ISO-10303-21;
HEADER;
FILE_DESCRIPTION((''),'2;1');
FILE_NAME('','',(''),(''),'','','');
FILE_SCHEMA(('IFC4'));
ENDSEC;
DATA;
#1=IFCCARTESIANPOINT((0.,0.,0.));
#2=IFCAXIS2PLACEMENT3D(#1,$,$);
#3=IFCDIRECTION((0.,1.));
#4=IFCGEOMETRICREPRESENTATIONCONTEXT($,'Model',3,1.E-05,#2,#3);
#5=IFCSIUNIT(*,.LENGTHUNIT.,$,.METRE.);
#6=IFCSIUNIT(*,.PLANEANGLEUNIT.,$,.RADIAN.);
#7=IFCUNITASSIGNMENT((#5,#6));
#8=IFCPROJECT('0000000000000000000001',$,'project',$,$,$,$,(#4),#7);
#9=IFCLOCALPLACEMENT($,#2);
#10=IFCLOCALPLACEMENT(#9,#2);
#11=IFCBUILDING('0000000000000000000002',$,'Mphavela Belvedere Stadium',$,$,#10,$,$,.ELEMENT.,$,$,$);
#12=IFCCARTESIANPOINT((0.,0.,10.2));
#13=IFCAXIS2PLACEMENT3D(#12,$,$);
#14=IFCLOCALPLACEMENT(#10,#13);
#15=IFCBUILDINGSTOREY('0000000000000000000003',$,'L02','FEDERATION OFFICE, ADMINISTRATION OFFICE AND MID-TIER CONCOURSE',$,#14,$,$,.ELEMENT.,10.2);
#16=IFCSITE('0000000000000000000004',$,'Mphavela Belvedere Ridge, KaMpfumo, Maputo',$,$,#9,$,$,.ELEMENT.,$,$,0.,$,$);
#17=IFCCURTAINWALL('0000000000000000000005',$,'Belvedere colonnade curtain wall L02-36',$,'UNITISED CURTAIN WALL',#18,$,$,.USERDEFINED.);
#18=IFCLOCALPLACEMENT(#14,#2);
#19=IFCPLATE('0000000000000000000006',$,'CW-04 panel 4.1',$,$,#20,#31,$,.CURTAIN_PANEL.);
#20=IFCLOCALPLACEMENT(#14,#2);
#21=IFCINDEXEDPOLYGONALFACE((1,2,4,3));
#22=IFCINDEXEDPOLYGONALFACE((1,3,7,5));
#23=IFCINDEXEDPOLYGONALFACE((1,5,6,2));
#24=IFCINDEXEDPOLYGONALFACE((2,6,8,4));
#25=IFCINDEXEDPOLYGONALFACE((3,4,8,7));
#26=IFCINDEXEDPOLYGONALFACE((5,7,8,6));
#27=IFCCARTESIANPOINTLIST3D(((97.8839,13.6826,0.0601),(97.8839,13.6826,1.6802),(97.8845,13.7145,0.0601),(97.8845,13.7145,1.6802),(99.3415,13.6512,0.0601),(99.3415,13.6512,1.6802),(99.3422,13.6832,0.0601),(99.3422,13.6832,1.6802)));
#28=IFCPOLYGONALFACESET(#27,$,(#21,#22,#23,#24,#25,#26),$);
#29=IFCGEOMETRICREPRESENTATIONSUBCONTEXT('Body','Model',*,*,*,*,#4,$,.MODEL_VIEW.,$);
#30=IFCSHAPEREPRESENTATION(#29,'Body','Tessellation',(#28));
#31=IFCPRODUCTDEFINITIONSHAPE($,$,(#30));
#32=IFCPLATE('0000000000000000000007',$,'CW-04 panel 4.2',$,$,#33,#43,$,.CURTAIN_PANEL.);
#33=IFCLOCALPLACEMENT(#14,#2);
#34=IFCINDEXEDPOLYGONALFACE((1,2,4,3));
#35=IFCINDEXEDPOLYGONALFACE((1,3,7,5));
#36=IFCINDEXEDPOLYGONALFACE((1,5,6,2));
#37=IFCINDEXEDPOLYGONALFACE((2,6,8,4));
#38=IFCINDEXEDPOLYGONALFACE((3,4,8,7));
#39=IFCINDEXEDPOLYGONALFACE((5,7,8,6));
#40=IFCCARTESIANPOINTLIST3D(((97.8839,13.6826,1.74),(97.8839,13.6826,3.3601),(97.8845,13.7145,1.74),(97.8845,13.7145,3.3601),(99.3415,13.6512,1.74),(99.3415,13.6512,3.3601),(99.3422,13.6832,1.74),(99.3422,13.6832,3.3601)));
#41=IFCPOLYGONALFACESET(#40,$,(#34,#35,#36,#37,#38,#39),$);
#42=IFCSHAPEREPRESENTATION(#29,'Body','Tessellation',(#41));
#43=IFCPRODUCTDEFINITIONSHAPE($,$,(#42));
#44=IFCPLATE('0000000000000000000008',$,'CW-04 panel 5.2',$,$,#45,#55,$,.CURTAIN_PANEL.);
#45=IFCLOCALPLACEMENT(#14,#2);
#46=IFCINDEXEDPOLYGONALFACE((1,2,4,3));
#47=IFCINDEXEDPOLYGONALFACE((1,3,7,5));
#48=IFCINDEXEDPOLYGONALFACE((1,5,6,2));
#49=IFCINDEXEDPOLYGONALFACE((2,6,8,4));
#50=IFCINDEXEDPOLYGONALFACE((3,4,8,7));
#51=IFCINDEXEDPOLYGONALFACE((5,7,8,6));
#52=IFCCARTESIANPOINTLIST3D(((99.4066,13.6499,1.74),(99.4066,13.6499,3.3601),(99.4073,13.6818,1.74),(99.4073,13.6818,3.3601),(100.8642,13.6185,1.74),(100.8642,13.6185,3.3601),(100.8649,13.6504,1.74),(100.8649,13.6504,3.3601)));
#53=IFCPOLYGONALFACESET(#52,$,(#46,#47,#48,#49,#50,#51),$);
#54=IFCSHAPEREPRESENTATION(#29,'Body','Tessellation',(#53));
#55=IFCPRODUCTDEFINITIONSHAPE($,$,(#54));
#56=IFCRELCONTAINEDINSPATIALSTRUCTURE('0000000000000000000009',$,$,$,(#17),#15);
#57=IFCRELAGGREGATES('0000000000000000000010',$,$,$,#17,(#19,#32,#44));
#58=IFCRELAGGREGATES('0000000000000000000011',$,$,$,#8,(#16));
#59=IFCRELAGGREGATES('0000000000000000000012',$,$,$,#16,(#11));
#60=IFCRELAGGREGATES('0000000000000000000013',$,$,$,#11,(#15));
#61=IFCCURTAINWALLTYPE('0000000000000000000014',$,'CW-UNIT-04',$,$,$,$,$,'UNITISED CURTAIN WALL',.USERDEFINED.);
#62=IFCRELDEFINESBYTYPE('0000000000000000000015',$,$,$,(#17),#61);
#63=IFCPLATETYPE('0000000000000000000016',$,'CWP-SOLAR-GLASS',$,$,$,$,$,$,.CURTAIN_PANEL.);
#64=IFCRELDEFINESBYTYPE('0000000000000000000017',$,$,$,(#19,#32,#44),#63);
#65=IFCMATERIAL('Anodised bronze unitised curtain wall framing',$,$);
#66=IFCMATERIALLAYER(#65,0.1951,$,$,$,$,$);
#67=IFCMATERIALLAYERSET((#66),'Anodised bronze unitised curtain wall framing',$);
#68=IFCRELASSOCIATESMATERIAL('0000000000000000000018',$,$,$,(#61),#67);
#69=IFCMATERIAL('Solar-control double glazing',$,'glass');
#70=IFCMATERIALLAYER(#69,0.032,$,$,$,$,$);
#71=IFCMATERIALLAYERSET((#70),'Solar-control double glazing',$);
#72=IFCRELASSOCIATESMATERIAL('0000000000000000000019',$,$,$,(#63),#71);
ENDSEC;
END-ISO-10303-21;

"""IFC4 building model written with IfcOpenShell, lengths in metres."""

from ifc_helpers import new_model, si_unit, direction, frame, origin, origin_2d, place, context, subcontext, project, spatial, rectangle, extrude, material, layer, layer_set, type_object, element, aggregate, save


model = new_model("IFC4")

# Units and contexts
model_context = context("Model", 3, precision=1e-05, world=origin(), true_north=direction((0.0, 1.0)))
body_context = subcontext(model_context, "Body", "Model", "MODEL_VIEW")
ifc_project = project(units=[si_unit("LENGTHUNIT", "METRE"), si_unit("PLANEANGLEUNIT", "RADIAN")], contexts=[model_context])

# Site, building, storey
site_placement = place(None, origin())
site = spatial("IfcSite", under=ifc_project, at=site_placement, Name="Mphavela Belvedere Ridge, KaMpfumo, Maputo", CompositionType="ELEMENT", RefElevation=0.0)
building_placement = place(site_placement, origin())
building = spatial("IfcBuilding", under=site, at=building_placement, Name="Mphavela Belvedere Stadium", CompositionType="ELEMENT")
storey_placement = place(building_placement, frame((0.0, 0.0, 10.2)))
storey = spatial("IfcBuildingStorey", under=building, at=storey_placement, Name="L02", Description="FEDERATION OFFICE, ADMINISTRATION OFFICE AND MID-TIER CONCOURSE", CompositionType="ELEMENT", Elevation=10.2)

# Curtain wall, plates
ifc_material_1 = material(Name="Anodised bronze unitised curtain wall framing")
ifc_layer_1 = layer(ifc_material_1, 0.1951)
ifc_layer_set_1 = layer_set([ifc_layer_1], Name="Anodised bronze unitised curtain wall framing")
curtain_wall_type = type_object("IfcCurtainWallType", Name="CW-UNIT-04", ElementType="UNITISED CURTAIN WALL", PredefinedType="USERDEFINED", material=ifc_layer_set_1)
curtain_wall_placement = place(storey_placement, origin())
curtain_wall = element("IfcCurtainWall", 1, at=curtain_wall_placement, inside=storey, type_object=curtain_wall_type, Name="Belvedere colonnade curtain wall L02-36", ObjectType="UNITISED CURTAIN WALL", PredefinedType="USERDEFINED")
ifc_material_2 = material(Name="Solar-control double glazing", Category="glass")
ifc_layer_2 = layer(ifc_material_2, 0.032)
ifc_layer_set_2 = layer_set([ifc_layer_2], Name="Solar-control double glazing")
plate_type = type_object("IfcPlateType", Name="CWP-SOLAR-GLASS", PredefinedType="CURTAIN_PANEL", material=ifc_layer_set_2)
plate_1_placement = place(storey_placement, frame((98.613, 13.6829, 0.0601), z_axis=(0.0, 0.0, 1.0), x_axis=(0.999768, -0.021525, 0.0)))
plate_1 = element("IfcPlate", 2, at=plate_1_placement, type_object=plate_type, Name="CW-04 panel 4.1", PredefinedType="CURTAIN_PANEL", context=body_context, shape_type="SweptSolid", body=[
    extrude(rectangle(XDim=1.458, YDim=0.032, at=origin_2d()), origin(), (0.0, 0.0, 1.0), 1.6201),
])
plate_2_placement = place(storey_placement, frame((98.613, 13.6829, 1.74), z_axis=(0.0, 0.0, 1.0), x_axis=(0.999768, -0.021525, 0.0)))
plate_2 = element("IfcPlate", 3, at=plate_2_placement, type_object=plate_type, Name="CW-04 panel 4.2", PredefinedType="CURTAIN_PANEL", context=body_context, shape_type="SweptSolid", body=[
    extrude(rectangle(XDim=1.458, YDim=0.032, at=origin_2d()), origin(), (0.0, 0.0, 1.0), 1.6201),
])
plate_3_placement = place(storey_placement, frame((100.1357, 13.6501, 1.74), z_axis=(0.0, 0.0, 1.0), x_axis=(0.999768, -0.021525, 0.0)))
plate_3 = element("IfcPlate", 4, at=plate_3_placement, type_object=plate_type, Name="CW-04 panel 5.2", PredefinedType="CURTAIN_PANEL", context=body_context, shape_type="SweptSolid", body=[
    extrude(rectangle(XDim=1.458, YDim=0.032, at=origin_2d()), origin(), (0.0, 0.0, 1.0), 1.6201),
])
aggregate(curtain_wall, [plate_1, plate_2, plate_3])

save(model, "model.ifc")
